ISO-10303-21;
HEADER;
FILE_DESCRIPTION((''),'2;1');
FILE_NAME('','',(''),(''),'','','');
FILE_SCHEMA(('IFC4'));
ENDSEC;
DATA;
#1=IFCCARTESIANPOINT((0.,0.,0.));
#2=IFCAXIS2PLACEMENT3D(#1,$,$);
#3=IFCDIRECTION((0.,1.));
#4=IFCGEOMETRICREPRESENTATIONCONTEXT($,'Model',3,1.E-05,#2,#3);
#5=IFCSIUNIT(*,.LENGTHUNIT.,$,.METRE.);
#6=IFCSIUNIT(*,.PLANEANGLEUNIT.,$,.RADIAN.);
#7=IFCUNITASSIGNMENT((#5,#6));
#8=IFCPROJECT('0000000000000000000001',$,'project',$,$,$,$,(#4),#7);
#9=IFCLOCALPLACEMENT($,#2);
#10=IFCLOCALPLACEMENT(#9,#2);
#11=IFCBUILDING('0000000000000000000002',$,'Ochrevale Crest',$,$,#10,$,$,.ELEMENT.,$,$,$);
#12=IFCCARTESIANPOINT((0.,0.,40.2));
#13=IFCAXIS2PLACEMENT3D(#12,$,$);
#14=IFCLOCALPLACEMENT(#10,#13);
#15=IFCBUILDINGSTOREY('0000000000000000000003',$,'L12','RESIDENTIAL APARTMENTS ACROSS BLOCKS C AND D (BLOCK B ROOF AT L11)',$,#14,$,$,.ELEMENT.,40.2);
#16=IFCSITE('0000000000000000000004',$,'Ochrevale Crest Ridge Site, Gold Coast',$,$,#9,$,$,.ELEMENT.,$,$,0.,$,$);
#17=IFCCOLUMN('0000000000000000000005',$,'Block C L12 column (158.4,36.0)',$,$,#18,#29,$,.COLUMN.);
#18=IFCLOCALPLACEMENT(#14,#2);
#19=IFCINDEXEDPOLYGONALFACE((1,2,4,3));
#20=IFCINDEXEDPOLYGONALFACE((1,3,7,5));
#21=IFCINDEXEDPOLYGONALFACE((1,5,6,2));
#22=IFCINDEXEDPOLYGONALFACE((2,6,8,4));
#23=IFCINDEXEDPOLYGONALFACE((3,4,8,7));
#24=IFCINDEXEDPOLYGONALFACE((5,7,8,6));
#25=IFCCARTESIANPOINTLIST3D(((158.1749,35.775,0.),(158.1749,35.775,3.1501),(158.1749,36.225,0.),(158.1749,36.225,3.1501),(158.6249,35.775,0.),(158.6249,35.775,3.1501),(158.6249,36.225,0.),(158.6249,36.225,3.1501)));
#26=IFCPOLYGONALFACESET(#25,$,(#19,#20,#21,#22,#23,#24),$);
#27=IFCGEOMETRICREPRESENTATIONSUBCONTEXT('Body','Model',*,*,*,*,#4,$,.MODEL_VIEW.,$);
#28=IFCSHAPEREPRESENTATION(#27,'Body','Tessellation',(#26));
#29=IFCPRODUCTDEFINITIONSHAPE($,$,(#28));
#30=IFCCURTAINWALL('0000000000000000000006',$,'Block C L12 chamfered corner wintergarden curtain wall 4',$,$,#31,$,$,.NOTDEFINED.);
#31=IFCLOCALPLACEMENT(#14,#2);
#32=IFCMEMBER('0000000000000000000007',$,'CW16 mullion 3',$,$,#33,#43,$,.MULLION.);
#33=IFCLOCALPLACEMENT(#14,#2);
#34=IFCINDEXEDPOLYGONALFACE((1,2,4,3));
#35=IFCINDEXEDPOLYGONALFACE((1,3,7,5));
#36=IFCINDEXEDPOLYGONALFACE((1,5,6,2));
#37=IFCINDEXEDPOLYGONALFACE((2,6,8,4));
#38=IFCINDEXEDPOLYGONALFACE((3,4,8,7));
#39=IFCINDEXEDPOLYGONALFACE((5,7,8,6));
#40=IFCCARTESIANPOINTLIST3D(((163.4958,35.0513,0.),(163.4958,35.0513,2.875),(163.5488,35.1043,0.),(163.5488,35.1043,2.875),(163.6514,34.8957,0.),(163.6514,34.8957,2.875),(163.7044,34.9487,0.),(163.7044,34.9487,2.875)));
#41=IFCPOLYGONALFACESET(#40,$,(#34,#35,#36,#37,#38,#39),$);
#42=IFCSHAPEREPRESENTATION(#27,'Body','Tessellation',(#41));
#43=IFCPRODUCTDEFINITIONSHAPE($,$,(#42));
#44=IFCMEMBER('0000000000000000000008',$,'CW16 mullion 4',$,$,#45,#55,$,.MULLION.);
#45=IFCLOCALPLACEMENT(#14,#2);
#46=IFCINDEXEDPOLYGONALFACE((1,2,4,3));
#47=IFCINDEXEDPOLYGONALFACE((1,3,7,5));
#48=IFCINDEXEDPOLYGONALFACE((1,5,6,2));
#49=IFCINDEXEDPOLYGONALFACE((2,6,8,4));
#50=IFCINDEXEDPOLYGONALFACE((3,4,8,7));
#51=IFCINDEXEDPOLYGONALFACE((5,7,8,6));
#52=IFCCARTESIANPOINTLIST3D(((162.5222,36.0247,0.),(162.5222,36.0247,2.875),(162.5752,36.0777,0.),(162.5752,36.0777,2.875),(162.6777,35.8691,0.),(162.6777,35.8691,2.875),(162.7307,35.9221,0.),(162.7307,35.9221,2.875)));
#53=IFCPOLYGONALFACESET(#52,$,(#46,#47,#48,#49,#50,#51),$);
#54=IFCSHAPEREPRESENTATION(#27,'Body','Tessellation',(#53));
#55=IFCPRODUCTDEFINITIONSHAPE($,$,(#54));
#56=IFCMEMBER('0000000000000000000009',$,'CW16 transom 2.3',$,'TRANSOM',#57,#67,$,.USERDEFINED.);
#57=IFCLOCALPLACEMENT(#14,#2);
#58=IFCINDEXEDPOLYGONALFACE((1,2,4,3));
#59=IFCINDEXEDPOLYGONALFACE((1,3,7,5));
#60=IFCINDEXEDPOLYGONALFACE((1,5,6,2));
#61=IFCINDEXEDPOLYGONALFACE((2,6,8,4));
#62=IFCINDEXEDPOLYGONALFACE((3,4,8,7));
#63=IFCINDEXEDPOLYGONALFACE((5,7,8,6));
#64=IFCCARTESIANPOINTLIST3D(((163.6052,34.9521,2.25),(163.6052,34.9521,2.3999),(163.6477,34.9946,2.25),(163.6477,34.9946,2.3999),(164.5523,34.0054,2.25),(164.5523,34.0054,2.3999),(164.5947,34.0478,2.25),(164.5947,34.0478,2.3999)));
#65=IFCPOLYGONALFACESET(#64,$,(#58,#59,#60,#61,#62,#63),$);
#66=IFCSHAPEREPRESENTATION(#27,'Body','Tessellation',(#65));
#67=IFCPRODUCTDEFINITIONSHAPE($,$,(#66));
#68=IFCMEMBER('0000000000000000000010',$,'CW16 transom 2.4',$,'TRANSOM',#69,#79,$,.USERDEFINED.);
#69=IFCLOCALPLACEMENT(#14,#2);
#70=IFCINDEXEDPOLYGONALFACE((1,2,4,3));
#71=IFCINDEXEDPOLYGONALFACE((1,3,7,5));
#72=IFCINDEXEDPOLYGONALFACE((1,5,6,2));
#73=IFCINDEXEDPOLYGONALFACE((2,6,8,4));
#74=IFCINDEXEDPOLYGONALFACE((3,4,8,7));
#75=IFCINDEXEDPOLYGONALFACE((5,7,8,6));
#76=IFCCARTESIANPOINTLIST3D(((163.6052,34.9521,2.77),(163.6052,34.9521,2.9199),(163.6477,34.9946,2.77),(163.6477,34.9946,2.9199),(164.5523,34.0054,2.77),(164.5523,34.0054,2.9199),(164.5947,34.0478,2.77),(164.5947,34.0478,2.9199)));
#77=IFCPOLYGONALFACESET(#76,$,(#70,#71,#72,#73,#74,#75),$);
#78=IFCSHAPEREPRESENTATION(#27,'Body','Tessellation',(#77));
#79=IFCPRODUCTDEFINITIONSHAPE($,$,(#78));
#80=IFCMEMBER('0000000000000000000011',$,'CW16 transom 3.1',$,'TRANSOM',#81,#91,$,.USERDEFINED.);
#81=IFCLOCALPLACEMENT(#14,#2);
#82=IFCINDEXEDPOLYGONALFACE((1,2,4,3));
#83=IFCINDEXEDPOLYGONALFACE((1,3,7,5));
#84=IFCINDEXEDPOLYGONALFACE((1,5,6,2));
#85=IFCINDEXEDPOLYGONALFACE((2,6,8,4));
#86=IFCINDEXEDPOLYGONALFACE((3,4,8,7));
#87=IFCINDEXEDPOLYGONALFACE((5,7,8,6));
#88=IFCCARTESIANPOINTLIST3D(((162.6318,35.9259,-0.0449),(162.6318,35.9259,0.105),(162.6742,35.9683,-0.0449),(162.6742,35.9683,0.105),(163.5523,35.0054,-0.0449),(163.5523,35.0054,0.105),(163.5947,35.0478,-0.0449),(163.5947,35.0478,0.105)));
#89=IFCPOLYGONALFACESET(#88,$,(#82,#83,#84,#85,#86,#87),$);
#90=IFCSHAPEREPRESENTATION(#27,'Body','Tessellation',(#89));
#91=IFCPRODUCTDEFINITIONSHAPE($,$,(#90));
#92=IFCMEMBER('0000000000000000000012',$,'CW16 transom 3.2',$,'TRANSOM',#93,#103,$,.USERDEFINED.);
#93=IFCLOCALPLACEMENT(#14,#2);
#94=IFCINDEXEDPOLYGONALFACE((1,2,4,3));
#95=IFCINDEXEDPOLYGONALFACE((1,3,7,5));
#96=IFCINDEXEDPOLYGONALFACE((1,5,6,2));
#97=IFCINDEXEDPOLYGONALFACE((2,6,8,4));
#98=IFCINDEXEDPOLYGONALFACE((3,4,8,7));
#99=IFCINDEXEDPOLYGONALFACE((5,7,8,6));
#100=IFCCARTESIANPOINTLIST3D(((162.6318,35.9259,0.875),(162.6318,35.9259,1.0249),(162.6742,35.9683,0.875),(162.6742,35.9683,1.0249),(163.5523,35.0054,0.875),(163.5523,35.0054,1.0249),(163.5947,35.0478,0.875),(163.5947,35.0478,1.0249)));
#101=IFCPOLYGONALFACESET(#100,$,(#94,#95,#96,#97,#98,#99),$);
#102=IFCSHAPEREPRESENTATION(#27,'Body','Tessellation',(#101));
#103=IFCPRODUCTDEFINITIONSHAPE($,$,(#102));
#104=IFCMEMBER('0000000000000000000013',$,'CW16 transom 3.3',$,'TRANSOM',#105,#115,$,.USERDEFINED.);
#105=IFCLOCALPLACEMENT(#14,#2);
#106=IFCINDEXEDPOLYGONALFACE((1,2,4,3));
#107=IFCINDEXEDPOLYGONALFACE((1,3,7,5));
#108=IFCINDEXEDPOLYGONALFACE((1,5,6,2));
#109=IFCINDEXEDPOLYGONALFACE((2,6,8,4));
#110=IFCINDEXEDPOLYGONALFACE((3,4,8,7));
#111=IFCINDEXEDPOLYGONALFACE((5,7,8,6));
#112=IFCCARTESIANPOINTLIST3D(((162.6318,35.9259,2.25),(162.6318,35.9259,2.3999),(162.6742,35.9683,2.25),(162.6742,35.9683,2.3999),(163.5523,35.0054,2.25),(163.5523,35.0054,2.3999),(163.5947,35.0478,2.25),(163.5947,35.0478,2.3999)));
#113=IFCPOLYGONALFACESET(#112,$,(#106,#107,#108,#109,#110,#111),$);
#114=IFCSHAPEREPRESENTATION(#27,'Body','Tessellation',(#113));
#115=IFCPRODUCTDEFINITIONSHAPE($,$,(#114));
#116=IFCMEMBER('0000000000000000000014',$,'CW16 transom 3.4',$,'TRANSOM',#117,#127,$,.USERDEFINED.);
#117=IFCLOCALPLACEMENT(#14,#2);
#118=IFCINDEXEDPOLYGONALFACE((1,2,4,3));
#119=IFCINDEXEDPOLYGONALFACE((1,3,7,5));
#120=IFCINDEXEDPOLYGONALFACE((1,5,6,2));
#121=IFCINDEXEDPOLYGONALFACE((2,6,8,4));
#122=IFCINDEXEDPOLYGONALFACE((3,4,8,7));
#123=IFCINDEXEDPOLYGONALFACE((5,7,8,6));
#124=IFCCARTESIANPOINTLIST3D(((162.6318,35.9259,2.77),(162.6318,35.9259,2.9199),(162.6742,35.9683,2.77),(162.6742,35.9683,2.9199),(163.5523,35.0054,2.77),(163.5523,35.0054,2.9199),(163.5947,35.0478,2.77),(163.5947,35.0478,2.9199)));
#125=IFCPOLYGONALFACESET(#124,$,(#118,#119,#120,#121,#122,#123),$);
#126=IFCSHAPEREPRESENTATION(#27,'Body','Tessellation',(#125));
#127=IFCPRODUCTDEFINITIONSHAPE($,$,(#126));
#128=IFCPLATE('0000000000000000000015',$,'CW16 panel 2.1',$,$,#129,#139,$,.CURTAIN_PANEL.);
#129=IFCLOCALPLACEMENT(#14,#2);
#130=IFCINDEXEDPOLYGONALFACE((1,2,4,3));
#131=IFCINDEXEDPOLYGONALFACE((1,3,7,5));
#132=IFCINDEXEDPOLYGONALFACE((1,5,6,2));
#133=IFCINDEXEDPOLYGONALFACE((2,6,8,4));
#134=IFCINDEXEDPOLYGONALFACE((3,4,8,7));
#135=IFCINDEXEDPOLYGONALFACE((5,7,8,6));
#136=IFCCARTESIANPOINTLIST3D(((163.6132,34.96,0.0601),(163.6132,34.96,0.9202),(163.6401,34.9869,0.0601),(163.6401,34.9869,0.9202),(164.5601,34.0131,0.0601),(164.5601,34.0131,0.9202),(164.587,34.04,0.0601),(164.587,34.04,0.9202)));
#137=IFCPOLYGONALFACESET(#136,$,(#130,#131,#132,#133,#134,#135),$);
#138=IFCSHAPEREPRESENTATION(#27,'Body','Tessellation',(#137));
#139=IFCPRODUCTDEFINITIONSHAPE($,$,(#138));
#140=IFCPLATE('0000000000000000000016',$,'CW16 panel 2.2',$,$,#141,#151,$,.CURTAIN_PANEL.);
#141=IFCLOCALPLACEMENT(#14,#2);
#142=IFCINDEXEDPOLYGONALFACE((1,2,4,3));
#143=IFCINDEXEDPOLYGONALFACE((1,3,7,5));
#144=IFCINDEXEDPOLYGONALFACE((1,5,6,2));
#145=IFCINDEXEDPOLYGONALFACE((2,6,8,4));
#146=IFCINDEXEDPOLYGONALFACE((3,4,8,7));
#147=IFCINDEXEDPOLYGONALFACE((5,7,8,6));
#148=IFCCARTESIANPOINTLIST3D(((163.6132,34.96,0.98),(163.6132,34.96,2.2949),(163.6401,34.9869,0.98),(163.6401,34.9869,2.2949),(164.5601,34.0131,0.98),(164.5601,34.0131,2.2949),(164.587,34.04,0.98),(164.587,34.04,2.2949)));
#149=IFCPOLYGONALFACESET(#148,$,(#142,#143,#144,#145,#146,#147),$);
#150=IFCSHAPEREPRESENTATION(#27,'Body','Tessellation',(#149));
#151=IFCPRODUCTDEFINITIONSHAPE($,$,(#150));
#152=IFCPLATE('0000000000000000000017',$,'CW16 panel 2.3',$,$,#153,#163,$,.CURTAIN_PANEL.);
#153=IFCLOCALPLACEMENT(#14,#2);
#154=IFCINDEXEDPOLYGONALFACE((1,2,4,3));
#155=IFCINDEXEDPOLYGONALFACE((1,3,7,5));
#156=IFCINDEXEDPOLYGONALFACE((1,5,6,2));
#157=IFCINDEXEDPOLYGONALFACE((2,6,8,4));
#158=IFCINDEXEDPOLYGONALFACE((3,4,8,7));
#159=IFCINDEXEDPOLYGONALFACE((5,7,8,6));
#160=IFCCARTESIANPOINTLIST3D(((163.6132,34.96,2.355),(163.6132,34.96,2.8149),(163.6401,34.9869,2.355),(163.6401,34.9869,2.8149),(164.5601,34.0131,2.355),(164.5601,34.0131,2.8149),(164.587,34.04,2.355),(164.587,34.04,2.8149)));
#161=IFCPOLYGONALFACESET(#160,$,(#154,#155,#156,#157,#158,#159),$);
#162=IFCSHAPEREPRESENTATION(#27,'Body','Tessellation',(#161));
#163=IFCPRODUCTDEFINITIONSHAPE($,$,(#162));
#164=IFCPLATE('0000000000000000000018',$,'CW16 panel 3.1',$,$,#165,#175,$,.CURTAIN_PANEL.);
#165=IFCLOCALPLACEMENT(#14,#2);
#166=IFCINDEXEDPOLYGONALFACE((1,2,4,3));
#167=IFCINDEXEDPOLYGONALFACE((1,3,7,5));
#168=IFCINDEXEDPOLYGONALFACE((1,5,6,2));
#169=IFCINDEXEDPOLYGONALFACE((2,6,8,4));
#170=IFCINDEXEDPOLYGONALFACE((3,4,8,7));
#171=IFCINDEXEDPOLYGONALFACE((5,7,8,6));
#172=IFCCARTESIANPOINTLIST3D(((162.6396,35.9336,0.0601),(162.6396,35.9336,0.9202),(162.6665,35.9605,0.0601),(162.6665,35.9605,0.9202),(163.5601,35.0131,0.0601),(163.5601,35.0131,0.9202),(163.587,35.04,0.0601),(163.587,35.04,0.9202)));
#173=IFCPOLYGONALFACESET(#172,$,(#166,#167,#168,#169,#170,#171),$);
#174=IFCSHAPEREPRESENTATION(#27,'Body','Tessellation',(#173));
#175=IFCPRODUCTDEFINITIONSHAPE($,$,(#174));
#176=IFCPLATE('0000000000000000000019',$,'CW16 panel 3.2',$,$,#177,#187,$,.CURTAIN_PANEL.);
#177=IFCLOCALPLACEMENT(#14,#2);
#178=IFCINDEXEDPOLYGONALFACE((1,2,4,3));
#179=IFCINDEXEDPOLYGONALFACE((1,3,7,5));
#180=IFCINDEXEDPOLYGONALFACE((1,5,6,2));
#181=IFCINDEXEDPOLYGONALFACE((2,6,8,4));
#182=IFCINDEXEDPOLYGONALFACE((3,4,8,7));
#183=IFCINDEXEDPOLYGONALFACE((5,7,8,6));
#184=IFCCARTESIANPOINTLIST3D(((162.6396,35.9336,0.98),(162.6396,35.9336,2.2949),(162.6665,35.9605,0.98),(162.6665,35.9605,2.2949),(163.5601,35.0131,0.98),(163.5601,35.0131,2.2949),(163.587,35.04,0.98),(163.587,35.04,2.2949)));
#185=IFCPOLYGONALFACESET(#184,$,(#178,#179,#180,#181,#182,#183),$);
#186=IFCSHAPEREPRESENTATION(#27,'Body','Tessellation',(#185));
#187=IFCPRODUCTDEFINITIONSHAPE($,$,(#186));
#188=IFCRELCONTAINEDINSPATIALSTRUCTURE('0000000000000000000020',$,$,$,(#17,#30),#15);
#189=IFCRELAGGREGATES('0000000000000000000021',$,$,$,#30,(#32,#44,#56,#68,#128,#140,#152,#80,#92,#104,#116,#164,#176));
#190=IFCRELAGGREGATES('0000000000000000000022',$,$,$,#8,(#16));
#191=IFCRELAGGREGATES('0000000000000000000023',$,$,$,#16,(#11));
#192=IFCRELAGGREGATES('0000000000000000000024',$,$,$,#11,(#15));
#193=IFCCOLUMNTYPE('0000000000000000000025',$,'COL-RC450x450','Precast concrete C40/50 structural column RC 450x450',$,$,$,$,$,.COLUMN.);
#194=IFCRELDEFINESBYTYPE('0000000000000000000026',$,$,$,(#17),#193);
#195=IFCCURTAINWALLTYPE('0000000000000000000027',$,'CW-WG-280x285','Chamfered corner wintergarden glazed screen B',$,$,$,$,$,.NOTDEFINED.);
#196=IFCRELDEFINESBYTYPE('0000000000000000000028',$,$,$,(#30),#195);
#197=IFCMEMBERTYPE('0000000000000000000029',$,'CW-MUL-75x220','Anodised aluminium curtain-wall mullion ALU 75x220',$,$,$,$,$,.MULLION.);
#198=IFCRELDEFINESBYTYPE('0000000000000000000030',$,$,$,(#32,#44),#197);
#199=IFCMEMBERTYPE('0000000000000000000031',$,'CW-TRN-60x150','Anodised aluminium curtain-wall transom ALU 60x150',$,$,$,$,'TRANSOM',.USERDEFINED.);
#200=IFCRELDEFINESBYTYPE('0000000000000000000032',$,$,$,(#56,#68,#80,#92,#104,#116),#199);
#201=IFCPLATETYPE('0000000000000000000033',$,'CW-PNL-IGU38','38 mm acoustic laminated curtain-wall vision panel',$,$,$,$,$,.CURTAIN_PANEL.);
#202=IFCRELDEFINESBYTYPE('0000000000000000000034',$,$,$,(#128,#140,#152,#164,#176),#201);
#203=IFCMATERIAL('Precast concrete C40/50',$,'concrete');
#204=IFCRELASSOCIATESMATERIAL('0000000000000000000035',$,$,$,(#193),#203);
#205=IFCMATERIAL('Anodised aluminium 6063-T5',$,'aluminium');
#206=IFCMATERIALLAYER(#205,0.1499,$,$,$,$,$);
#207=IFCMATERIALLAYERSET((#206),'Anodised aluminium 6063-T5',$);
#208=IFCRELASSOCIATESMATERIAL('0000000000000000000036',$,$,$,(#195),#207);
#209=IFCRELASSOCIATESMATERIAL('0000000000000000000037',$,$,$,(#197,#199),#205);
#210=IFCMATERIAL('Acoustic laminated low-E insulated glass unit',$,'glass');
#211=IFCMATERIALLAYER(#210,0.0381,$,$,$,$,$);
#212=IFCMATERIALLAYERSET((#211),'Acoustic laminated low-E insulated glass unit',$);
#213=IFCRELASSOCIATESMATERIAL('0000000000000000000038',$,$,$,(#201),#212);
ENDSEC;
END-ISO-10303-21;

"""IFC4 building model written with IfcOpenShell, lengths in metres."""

from ifc_helpers import new_model, si_unit, direction, frame, origin, origin_2d, place, context, subcontext, project, spatial, rectangle, extrude, material, layer, layer_set, material_profile, profile_set, type_object, element, aggregate, save


model = new_model("IFC4")

# Units and contexts
model_context = context("Model", 3, precision=1e-05, world=origin(), true_north=direction((0.0, 1.0)))
body_context = subcontext(model_context, "Body", "Model", "MODEL_VIEW")
ifc_project = project(units=[si_unit("LENGTHUNIT", "METRE"), si_unit("PLANEANGLEUNIT", "RADIAN")], contexts=[model_context])

# Site, building, storey
site_placement = place(None, origin())
site = spatial("IfcSite", under=ifc_project, at=site_placement, Name="Ochrevale Crest Ridge Site, Gold Coast", CompositionType="ELEMENT", RefElevation=0.0)
building_placement = place(site_placement, origin())
building = spatial("IfcBuilding", under=site, at=building_placement, Name="Ochrevale Crest", CompositionType="ELEMENT")
storey_placement = place(building_placement, frame((0.0, 0.0, 40.2)))
storey = spatial("IfcBuildingStorey", under=building, at=storey_placement, Name="L12", Description="RESIDENTIAL APARTMENTS ACROSS BLOCKS C AND D (BLOCK B ROOF AT L11)", CompositionType="ELEMENT", Elevation=40.2)

# Column
ifc_material_1 = material(Name="Precast concrete C40/50", Category="concrete")
ifc_material_profile_1 = material_profile(ifc_material_1, rectangle(XDim=0.45, YDim=0.45, at=origin_2d()), Name="RC 450x450")
ifc_profile_set_1 = profile_set([ifc_material_profile_1], Name="Precast concrete C40/50")
column_type = type_object("IfcColumnType", Name="COL-RC450x450", Description="Precast concrete C40/50 structural column RC 450x450", PredefinedType="COLUMN", material=ifc_profile_set_1)
column_placement = place(storey_placement, frame((158.3999, 36.0, 0.0), z_axis=(0.0, 0.0, 1.0), x_axis=(1.0, 0.0, 0.0)))
element("IfcColumn", 1, at=column_placement, inside=storey, type_object=column_type, Name="Block C L12 column (158.4,36.0)", PredefinedType="COLUMN", context=body_context, shape_type="SweptSolid", body=[
    extrude(rectangle(XDim=0.45, YDim=0.45, at=origin_2d()), origin(), (0.0, 0.0, 1.0), 3.1501),
])

# Curtain wall, members, plates
ifc_material_2 = material(Name="Anodised aluminium 6063-T5", Category="aluminium")
ifc_layer_1 = layer(ifc_material_2, 0.1499)
ifc_layer_set_1 = layer_set([ifc_layer_1], Name="Anodised aluminium 6063-T5")
curtain_wall_type = type_object("IfcCurtainWallType", Name="CW-WG-280x285", Description="Chamfered corner wintergarden glazed screen B", PredefinedType="NOTDEFINED", material=ifc_layer_set_1)
curtain_wall_placement = place(storey_placement, origin())
curtain_wall = element("IfcCurtainWall", 2, at=curtain_wall_placement, inside=storey, type_object=curtain_wall_type, Name="Block C L12 chamfered corner wintergarden curtain wall 4", PredefinedType="NOTDEFINED")
ifc_material_profile_2 = material_profile(ifc_material_2, rectangle(XDim=0.075, YDim=0.22, at=origin_2d()), Name="ALU 75x220")
ifc_profile_set_2 = profile_set([ifc_material_profile_2], Name="Anodised aluminium 6063-T5")
member_type_1 = type_object("IfcMemberType", Name="CW-MUL-75x220", Description="Anodised aluminium curtain-wall mullion ALU 75x220", PredefinedType="MULLION", material=ifc_profile_set_2)
member_1_placement = place(storey_placement, frame((163.6001, 35.0, 0.0), z_axis=(0.0, 0.0, 1.0), x_axis=(-0.707107, -0.707107, 0.0)))
member_1 = element("IfcMember", 3, at=member_1_placement, type_object=member_type_1, Name="CW16 mullion 3", PredefinedType="MULLION", context=body_context, shape_type="SweptSolid", body=[
    extrude(rectangle(XDim=0.075, YDim=0.22, at=origin_2d()), origin(), (0.0, 0.0, 1.0), 2.875),
])
member_2_placement = place(storey_placement, frame((162.6265, 35.9734, 0.0), z_axis=(0.0, 0.0, 1.0), x_axis=(-0.707107, -0.707107, 0.0)))
member_2 = element("IfcMember", 4, at=member_2_placement, type_object=member_type_1, Name="CW16 mullion 4", PredefinedType="MULLION", context=body_context, shape_type="SweptSolid", body=[
    extrude(rectangle(XDim=0.075, YDim=0.22, at=origin_2d()), origin(), (0.0, 0.0, 1.0), 2.875),
])
ifc_material_profile_3 = material_profile(ifc_material_2, rectangle(XDim=0.0601, YDim=0.1499, at=origin_2d()), Name="ALU 60x150")
ifc_profile_set_3 = profile_set([ifc_material_profile_3], Name="Anodised aluminium 6063-T5")
member_type_2 = type_object("IfcMemberType", Name="CW-TRN-60x150", Description="Anodised aluminium curtain-wall transom ALU 60x150", ElementType="TRANSOM", PredefinedType="USERDEFINED", material=ifc_profile_set_3)
member_3_placement = place(storey_placement, frame((164.5735, 34.0266, 2.325), z_axis=(-0.707198, 0.707016, 0.0), x_axis=(-0.707016, -0.707198, 0.0)))
member_3 = element("IfcMember", 5, at=member_3_placement, type_object=member_type_2, Name="CW16 transom 2.3", ObjectType="TRANSOM", PredefinedType="USERDEFINED", context=body_context, shape_type="SweptSolid", body=[
    extrude(rectangle(XDim=0.0601, YDim=0.1499, at=origin_2d()), origin(), (0.0, 0.0, 1.0), 1.3391),
])
member_4_placement = place(storey_placement, frame((164.5735, 34.0266, 2.845), z_axis=(-0.707198, 0.707016, 0.0), x_axis=(-0.707016, -0.707198, 0.0)))
member_4 = element("IfcMember", 6, at=member_4_placement, type_object=member_type_2, Name="CW16 transom 2.4", ObjectType="TRANSOM", PredefinedType="USERDEFINED", context=body_context, shape_type="SweptSolid", body=[
    extrude(rectangle(XDim=0.0601, YDim=0.1499, at=origin_2d()), origin(), (0.0, 0.0, 1.0), 1.3391),
])
member_5_placement = place(storey_placement, frame((163.5735, 35.0266, 0.03), z_axis=(-0.707107, 0.707107, 0.0), x_axis=(-0.707107, -0.707107, 0.0)))
member_5 = element("IfcMember", 7, at=member_5_placement, type_object=member_type_2, Name="CW16 transom 3.1", ObjectType="TRANSOM", PredefinedType="USERDEFINED", context=body_context, shape_type="SweptSolid", body=[
    extrude(rectangle(XDim=0.0601, YDim=0.1499, at=origin_2d()), origin(), (0.0, 0.0, 1.0), 1.3018),
])
member_6_placement = place(storey_placement, frame((163.5735, 35.0266, 0.95), z_axis=(-0.707107, 0.707107, 0.0), x_axis=(-0.707107, -0.707107, 0.0)))
member_6 = element("IfcMember", 8, at=member_6_placement, type_object=member_type_2, Name="CW16 transom 3.2", ObjectType="TRANSOM", PredefinedType="USERDEFINED", context=body_context, shape_type="SweptSolid", body=[
    extrude(rectangle(XDim=0.0601, YDim=0.1499, at=origin_2d()), origin(), (0.0, 0.0, 1.0), 1.3018),
])
member_7_placement = place(storey_placement, frame((163.5735, 35.0266, 2.325), z_axis=(-0.707107, 0.707107, 0.0), x_axis=(-0.707107, -0.707107, 0.0)))
member_7 = element("IfcMember", 9, at=member_7_placement, type_object=member_type_2, Name="CW16 transom 3.3", ObjectType="TRANSOM", PredefinedType="USERDEFINED", context=body_context, shape_type="SweptSolid", body=[
    extrude(rectangle(XDim=0.0601, YDim=0.1499, at=origin_2d()), origin(), (0.0, 0.0, 1.0), 1.3018),
])
member_8_placement = place(storey_placement, frame((163.5735, 35.0266, 2.845), z_axis=(-0.707107, 0.707107, 0.0), x_axis=(-0.707107, -0.707107, 0.0)))
member_8 = element("IfcMember", 10, at=member_8_placement, type_object=member_type_2, Name="CW16 transom 3.4", ObjectType="TRANSOM", PredefinedType="USERDEFINED", context=body_context, shape_type="SweptSolid", body=[
    extrude(rectangle(XDim=0.0601, YDim=0.1499, at=origin_2d()), origin(), (0.0, 0.0, 1.0), 1.3018),
])
ifc_material_3 = material(Name="Acoustic laminated low-E insulated glass unit", Category="glass")
ifc_layer_2 = layer(ifc_material_3, 0.0381)
ifc_layer_set_2 = layer_set([ifc_layer_2], Name="Acoustic laminated low-E insulated glass unit")
plate_type_1 = type_object("IfcPlateType", Name="CW-PNL-IGU38", Description="38 mm acoustic laminated curtain-wall vision panel", PredefinedType="CURTAIN_PANEL", material=ifc_layer_set_2)
plate_1_placement = place(storey_placement, frame((164.1001, 34.5, 0.0601), z_axis=(0.0, 0.0, 1.0), x_axis=(-0.707107, 0.707107, 0.0)))
plate_1 = element("IfcPlate", 11, at=plate_1_placement, type_object=plate_type_1, Name="CW16 panel 2.1", PredefinedType="CURTAIN_PANEL", context=body_context, shape_type="SweptSolid", body=[
    extrude(rectangle(XDim=1.3391, YDim=0.0381, at=origin_2d()), origin(), (0.0, 0.0, 1.0), 0.8601),
])
plate_2_placement = place(storey_placement, frame((164.1001, 34.5, 0.98), z_axis=(0.0, 0.0, 1.0), x_axis=(-0.707107, 0.707107, 0.0)))
plate_2 = element("IfcPlate", 12, at=plate_2_placement, type_object=plate_type_1, Name="CW16 panel 2.2", PredefinedType="CURTAIN_PANEL", context=body_context, shape_type="SweptSolid", body=[
    extrude(rectangle(XDim=1.3391, YDim=0.0381, at=origin_2d()), origin(), (0.0, 0.0, 1.0), 1.3149),
])
plate_3_placement = place(storey_placement, frame((164.1001, 34.5, 2.355), z_axis=(0.0, 0.0, 1.0), x_axis=(-0.707107, 0.707107, 0.0)))
plate_3 = element("IfcPlate", 13, at=plate_3_placement, type_object=plate_type_1, Name="CW16 panel 2.3", PredefinedType="CURTAIN_PANEL", context=body_context, shape_type="SweptSolid", body=[
    extrude(rectangle(XDim=1.3391, YDim=0.0381, at=origin_2d()), origin(), (0.0, 0.0, 1.0), 0.46),
])
plate_4_placement = place(storey_placement, frame((163.1133, 35.4868, 0.0601), z_axis=(0.0, 0.0, 1.0), x_axis=(-0.707107, 0.707107, 0.0)))
plate_4 = element("IfcPlate", 14, at=plate_4_placement, type_object=plate_type_1, Name="CW16 panel 3.1", PredefinedType="CURTAIN_PANEL", context=body_context, shape_type="SweptSolid", body=[
    extrude(rectangle(XDim=1.3018, YDim=0.0381, at=origin_2d()), origin(), (0.0, 0.0, 1.0), 0.8601),
])
plate_5_placement = place(storey_placement, frame((163.1133, 35.4868, 0.98), z_axis=(0.0, 0.0, 1.0), x_axis=(-0.707107, 0.707107, 0.0)))
plate_5 = element("IfcPlate", 15, at=plate_5_placement, type_object=plate_type_1, Name="CW16 panel 3.2", PredefinedType="CURTAIN_PANEL", context=body_context, shape_type="SweptSolid", body=[
    extrude(rectangle(XDim=1.3018, YDim=0.0381, at=origin_2d()), origin(), (0.0, 0.0, 1.0), 1.3149),
])
aggregate(curtain_wall, [member_1, member_2, member_3, member_4, plate_1, plate_2, plate_3, member_5, member_6, member_7, member_8, plate_4, plate_5])

save(model, "model.ifc")
